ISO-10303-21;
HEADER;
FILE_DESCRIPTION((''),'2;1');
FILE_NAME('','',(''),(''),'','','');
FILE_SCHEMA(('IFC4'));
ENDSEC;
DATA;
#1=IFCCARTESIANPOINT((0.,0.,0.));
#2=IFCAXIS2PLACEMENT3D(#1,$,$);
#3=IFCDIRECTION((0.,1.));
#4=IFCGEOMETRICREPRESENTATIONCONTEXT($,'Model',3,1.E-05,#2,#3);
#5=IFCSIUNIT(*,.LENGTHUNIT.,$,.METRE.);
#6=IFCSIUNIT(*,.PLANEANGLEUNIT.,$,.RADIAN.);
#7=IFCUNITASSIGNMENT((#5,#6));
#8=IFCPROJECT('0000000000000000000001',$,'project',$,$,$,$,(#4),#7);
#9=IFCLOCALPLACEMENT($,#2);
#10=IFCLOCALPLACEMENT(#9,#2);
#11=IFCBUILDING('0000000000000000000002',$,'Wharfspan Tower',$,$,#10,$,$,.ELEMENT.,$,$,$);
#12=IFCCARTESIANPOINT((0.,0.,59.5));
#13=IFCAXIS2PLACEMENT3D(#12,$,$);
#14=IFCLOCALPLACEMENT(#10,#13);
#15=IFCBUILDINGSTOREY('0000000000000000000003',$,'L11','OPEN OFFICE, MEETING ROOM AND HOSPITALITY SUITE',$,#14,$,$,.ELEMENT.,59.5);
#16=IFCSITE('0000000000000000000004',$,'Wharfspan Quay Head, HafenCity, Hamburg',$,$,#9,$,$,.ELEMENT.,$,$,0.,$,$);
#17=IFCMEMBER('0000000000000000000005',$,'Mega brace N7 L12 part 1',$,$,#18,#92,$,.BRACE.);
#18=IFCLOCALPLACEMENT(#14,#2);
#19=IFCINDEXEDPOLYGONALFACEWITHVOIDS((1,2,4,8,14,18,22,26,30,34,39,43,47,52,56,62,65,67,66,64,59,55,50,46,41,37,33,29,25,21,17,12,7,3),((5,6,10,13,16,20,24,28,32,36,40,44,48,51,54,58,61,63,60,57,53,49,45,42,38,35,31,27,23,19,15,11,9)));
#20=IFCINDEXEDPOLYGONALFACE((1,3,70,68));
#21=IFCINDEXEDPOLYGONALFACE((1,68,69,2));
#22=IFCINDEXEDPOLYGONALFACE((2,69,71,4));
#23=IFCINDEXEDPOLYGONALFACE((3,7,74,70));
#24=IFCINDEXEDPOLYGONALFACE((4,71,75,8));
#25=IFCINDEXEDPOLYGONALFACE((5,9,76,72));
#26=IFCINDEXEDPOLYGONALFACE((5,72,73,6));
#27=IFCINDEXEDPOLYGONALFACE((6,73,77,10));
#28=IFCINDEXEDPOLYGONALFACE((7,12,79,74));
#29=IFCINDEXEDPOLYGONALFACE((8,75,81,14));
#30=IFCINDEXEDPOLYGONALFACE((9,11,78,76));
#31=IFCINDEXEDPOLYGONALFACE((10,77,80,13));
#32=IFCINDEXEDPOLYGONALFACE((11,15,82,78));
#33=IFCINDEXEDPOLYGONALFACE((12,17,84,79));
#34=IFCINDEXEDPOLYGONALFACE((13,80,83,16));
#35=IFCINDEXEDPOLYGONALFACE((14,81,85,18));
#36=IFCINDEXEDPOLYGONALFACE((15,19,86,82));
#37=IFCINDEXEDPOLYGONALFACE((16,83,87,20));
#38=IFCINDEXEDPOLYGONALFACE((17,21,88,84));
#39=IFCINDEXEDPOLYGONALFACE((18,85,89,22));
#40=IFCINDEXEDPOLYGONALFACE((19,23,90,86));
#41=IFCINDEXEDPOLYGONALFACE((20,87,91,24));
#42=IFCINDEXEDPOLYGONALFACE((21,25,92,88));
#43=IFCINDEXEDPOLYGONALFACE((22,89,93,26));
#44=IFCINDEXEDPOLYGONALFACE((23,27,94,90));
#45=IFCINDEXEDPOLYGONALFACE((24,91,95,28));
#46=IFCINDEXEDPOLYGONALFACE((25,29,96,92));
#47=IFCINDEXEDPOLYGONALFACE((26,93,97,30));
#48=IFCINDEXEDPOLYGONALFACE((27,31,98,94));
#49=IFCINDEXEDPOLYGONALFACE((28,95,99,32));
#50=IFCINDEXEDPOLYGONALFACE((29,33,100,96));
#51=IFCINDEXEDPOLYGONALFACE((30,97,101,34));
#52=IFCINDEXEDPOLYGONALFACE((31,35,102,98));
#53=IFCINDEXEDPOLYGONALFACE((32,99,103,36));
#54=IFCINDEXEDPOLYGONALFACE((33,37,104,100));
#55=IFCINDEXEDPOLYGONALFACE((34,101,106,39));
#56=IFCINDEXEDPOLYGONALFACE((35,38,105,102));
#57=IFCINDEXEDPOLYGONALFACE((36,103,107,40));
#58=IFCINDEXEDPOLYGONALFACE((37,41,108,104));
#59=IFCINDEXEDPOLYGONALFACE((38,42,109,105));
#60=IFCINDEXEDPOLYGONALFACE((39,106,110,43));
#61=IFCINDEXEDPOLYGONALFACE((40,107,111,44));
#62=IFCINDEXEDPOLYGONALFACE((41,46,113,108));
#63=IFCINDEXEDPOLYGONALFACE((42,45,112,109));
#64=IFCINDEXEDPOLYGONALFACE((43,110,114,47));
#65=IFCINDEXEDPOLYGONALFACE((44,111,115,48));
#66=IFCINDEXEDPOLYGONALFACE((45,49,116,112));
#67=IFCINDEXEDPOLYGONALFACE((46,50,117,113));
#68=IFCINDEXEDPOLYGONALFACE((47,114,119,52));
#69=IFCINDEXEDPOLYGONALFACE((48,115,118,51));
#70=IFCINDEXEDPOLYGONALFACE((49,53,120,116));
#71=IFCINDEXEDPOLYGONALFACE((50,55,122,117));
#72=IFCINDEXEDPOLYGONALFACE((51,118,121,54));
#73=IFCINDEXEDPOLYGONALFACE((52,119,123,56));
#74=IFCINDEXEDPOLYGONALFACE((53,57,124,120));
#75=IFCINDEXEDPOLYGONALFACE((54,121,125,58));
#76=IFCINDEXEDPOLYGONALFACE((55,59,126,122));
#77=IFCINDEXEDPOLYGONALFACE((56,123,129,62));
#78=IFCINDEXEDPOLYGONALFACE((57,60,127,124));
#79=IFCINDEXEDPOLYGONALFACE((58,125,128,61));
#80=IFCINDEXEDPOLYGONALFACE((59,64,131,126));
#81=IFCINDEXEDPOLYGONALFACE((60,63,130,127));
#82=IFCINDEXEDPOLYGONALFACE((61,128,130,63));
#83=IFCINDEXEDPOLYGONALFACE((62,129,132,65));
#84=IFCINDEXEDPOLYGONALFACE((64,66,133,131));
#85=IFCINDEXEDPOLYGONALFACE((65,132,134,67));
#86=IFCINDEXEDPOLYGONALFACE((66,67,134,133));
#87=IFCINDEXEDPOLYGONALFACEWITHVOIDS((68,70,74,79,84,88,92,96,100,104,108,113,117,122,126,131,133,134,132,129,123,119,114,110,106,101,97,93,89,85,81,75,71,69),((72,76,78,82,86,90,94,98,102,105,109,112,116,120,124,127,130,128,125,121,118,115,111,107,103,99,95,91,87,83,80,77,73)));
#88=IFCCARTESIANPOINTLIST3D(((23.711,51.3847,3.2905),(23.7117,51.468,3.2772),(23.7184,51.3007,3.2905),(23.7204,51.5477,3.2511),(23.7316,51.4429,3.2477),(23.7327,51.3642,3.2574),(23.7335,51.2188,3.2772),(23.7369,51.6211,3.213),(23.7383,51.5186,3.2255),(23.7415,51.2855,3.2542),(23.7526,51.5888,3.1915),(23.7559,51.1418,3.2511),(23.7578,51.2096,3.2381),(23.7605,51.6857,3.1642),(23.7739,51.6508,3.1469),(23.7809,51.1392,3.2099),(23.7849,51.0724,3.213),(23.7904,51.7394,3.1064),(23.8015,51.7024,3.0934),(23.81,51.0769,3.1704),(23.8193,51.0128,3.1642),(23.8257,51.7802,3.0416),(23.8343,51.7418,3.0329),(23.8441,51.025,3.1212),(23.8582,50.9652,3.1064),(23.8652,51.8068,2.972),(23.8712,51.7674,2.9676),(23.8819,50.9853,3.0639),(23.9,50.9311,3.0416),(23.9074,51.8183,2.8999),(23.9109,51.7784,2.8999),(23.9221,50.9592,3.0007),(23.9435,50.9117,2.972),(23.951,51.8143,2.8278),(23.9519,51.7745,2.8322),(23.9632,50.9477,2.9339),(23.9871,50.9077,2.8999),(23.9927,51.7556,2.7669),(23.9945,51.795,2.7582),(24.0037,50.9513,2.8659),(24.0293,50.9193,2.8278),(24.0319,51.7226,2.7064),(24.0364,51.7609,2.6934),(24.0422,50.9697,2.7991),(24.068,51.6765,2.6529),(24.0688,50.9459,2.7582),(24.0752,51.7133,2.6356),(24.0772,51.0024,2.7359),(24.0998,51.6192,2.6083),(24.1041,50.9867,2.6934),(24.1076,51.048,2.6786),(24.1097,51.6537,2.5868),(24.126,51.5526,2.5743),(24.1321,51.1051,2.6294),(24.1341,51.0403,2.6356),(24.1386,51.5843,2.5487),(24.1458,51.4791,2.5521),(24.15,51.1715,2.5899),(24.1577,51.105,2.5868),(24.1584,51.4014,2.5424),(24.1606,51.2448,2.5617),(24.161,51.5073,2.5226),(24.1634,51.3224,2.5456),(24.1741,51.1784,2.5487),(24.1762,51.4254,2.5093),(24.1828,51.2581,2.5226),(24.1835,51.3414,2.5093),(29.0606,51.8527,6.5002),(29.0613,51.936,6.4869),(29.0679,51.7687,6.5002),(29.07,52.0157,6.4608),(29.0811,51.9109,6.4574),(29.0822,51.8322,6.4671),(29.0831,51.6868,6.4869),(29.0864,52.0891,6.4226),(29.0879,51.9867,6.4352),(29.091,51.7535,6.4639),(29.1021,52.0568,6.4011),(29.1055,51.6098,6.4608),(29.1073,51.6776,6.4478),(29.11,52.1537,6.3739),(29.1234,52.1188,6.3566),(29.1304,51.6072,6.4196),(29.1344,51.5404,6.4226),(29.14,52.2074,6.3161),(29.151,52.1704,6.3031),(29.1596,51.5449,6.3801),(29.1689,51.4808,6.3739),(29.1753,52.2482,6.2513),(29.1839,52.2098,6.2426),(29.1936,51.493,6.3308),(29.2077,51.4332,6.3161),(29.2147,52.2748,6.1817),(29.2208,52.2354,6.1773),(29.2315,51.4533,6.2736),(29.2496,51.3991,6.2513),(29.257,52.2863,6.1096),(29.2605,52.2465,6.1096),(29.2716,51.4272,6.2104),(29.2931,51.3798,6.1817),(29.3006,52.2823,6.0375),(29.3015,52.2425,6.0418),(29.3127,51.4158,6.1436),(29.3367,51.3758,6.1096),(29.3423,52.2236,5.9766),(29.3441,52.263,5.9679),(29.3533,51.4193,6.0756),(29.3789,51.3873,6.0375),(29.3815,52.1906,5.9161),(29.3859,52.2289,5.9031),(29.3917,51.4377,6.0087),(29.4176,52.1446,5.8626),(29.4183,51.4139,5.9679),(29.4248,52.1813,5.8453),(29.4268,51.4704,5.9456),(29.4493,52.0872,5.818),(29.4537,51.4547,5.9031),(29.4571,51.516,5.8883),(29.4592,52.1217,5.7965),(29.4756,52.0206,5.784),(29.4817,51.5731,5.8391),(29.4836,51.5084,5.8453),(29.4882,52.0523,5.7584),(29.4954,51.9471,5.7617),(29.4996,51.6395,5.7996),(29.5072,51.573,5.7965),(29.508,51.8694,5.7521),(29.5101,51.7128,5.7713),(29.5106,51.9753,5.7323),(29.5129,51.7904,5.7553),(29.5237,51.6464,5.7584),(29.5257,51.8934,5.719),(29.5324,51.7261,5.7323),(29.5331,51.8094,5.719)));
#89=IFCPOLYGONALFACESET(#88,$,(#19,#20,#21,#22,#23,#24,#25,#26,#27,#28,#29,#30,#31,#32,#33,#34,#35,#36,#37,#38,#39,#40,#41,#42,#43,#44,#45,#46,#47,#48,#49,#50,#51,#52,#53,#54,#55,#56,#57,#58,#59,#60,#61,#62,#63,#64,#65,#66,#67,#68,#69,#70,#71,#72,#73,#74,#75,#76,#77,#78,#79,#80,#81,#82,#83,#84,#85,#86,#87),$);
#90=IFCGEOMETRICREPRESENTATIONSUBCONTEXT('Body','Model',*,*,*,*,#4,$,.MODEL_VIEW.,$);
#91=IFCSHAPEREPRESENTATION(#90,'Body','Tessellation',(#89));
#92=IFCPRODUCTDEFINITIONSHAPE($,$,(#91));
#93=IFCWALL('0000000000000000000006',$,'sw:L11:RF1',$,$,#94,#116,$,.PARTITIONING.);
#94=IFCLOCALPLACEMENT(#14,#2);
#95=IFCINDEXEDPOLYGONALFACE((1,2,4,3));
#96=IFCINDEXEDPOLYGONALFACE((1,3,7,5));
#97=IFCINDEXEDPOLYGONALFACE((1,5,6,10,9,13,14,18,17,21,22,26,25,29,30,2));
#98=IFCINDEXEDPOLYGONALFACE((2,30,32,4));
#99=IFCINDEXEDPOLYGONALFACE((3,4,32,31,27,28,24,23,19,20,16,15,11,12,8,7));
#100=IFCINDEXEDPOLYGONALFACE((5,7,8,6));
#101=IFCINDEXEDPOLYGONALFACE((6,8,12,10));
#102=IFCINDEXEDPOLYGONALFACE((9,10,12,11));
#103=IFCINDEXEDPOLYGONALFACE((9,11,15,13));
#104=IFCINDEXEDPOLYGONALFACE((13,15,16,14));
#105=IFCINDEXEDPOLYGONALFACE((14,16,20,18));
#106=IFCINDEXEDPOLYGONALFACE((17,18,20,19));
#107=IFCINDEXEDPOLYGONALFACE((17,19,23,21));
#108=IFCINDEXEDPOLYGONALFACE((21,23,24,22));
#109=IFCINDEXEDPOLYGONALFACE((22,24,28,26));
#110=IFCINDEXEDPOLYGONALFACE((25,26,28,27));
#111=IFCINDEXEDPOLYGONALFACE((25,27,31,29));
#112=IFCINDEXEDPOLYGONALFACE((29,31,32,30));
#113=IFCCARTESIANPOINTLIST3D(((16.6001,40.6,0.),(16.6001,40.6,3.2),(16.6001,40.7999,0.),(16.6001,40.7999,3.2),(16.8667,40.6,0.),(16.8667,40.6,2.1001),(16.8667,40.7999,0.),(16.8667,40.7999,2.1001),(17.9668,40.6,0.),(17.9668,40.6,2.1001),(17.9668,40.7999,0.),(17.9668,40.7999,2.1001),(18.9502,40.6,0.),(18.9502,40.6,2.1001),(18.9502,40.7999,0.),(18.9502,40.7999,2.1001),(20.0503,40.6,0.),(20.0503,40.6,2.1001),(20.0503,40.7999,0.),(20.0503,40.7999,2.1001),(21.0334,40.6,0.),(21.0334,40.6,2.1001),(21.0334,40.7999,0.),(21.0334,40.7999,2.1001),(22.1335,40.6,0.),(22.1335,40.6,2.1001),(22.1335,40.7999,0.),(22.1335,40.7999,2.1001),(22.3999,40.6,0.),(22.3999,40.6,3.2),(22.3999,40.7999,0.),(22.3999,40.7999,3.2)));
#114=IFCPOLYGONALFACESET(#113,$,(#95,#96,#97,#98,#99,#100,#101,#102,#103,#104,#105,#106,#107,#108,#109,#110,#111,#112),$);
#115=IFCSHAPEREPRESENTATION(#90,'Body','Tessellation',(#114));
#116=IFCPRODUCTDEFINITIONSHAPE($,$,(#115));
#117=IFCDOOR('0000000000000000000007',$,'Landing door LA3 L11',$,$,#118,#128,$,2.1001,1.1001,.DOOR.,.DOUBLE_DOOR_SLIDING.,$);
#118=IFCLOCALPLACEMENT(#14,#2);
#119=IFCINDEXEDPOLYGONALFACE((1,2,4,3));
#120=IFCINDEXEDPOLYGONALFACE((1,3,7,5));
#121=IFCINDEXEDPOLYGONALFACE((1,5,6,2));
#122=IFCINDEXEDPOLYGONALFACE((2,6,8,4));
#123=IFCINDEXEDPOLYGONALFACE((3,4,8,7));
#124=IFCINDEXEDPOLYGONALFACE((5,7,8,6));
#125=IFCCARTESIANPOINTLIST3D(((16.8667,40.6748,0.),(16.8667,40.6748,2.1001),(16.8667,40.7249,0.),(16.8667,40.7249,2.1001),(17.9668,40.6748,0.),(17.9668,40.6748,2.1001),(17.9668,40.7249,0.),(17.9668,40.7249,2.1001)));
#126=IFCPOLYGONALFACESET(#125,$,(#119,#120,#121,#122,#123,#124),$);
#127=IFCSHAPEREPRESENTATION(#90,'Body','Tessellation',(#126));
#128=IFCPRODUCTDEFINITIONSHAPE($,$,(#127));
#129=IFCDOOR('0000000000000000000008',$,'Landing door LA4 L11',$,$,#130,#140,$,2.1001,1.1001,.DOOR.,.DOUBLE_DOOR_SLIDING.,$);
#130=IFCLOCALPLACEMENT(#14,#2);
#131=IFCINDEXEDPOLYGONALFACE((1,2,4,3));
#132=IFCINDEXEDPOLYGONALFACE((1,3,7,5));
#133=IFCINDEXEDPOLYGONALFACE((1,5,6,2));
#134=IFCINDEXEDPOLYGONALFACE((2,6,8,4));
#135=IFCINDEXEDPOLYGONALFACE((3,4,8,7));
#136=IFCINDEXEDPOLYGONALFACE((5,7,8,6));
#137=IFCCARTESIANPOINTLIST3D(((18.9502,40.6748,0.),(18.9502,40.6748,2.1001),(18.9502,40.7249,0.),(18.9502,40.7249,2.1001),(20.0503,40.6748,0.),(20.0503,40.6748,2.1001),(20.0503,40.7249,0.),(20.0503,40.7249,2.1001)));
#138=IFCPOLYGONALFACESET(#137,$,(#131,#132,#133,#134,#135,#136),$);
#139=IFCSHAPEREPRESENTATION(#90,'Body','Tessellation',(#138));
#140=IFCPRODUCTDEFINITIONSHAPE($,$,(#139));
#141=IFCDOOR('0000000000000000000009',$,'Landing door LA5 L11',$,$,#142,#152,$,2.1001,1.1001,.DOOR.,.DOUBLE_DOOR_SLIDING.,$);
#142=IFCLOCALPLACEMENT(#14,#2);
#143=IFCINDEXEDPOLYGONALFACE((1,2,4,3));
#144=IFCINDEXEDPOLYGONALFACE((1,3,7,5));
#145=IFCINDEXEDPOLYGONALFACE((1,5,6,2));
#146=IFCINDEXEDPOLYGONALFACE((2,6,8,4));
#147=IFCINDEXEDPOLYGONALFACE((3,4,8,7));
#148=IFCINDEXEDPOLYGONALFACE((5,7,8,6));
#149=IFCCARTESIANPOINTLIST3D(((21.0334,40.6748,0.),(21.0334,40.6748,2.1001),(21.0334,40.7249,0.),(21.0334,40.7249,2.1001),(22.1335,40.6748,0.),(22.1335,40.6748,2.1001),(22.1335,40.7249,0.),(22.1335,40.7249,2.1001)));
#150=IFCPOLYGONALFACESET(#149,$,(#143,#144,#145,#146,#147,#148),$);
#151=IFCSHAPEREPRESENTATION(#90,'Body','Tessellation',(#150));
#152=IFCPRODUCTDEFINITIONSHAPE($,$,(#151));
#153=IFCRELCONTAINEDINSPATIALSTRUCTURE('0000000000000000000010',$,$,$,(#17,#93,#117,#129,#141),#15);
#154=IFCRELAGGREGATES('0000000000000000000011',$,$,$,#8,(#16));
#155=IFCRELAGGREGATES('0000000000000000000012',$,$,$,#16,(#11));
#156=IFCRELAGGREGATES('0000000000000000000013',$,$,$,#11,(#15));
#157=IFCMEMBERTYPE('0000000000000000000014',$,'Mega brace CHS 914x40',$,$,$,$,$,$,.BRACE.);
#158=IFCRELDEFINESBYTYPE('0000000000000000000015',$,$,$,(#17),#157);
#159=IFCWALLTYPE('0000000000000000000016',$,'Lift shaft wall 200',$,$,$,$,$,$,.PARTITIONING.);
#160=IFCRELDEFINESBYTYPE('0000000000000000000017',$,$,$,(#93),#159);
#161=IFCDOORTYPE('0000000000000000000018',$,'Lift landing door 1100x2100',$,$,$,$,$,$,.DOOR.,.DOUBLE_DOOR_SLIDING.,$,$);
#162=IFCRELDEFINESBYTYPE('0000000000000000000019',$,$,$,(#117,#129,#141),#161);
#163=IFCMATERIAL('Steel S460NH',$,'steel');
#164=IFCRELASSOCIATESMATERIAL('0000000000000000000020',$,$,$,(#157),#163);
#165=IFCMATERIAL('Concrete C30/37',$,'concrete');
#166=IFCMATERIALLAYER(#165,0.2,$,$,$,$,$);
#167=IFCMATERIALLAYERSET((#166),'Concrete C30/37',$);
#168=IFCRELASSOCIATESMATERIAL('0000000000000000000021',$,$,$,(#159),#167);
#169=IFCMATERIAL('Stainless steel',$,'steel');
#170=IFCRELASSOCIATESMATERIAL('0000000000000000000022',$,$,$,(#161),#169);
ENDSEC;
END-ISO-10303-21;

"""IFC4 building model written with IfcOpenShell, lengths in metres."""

from ifc_helpers import new_model, si_unit, direction, frame, frame_2d, origin, origin_2d, place, context, subcontext, project, spatial, rectangle, hollow_circle, extrude, material, layer, layer_set, material_profile, profile_set, type_object, element, fill, save


model = new_model("IFC4")

# Units and contexts
model_context = context("Model", 3, precision=1e-05, world=origin(), true_north=direction((0.0, 1.0)))
body_context = subcontext(model_context, "Body", "Model", "MODEL_VIEW")
ifc_project = project(units=[si_unit("LENGTHUNIT", "METRE"), si_unit("PLANEANGLEUNIT", "RADIAN")], contexts=[model_context])

# Site, building, storey
site_placement = place(None, origin())
site = spatial("IfcSite", under=ifc_project, at=site_placement, Name="Wharfspan Quay Head, HafenCity, Hamburg", CompositionType="ELEMENT", RefElevation=0.0)
building_placement = place(site_placement, origin())
building = spatial("IfcBuilding", under=site, at=building_placement, Name="Wharfspan Tower", CompositionType="ELEMENT")
storey_placement = place(building_placement, frame((0.0, 0.0, 59.5)))
storey = spatial("IfcBuildingStorey", under=building, at=storey_placement, Name="L11", Description="OPEN OFFICE, MEETING ROOM AND HOSPITALITY SUITE", CompositionType="ELEMENT", Elevation=59.5)

# Member
ifc_material_1 = material(Name="Steel S460NH", Category="steel")
ifc_material_profile_1 = material_profile(ifc_material_1, hollow_circle(Radius=0.457, WallThickness=0.04, at=origin_2d()))
ifc_profile_set_1 = profile_set([ifc_material_profile_1], Name="Steel S460NH")
member_type = type_object("IfcMemberType", Name="Mega brace CHS 914x40", PredefinedType="BRACE", material=ifc_profile_set_1)
member_placement = place(storey_placement, frame((23.9473, 51.363, 2.8999), z_axis=(0.855094, 0.074809, 0.513048), x_axis=(-0.087154, 0.996195, 0.000001)))
element("IfcMember", 1, at=member_placement, inside=storey, type_object=member_type, Name="Mega brace N7 L12 part 1", PredefinedType="BRACE", context=body_context, shape_type="SweptSolid", body=[
    extrude(hollow_circle(Radius=0.457, WallThickness=0.04, at=origin_2d()), origin(), (0.0, 0.0, 1.0), 6.2561),
])

# Wall, openings, doors
ifc_material_2 = material(Name="Concrete C30/37", Category="concrete")
ifc_layer_1 = layer(ifc_material_2, 0.2)
ifc_layer_set_1 = layer_set([ifc_layer_1], Name="Concrete C30/37")
wall_type_1 = type_object("IfcWallType", Name="Lift shaft wall 200", PredefinedType="PARTITIONING", material=ifc_layer_set_1)
wall_1_placement = place(storey_placement, frame((16.6001, 40.7, 0.0), z_axis=(0.0, 0.0, 1.0), x_axis=(1.0, 0.0, 0.0)))
wall_1 = element("IfcWall", 2, at=wall_1_placement, inside=storey, type_object=wall_type_1, Name="sw:L11:RF1", PredefinedType="PARTITIONING", context=body_context, shape_type="SweptSolid", body=[
    extrude(rectangle(XDim=5.7998, YDim=0.2, at=frame_2d((2.8999, 0.0))), origin(), (0.0, 0.0, 1.0), 3.2),
])
opening_1_placement = place(wall_1_placement, frame((0.2666, 0.0, 0.0)))
opening_1 = element("IfcOpeningElement", 3, at=opening_1_placement, cuts=wall_1, PredefinedType="OPENING", context=body_context, shape_type="SweptSolid", body=[
    extrude(rectangle(XDim=1.1001, YDim=2.1001, at=frame_2d((0.55, 1.05))), frame((0.0, 0.1099, 0.0), z_axis=(0.0, -1.0, 0.0), x_axis=(1.0, 0.0, 0.0)), (0.0, 0.0, 1.0), 0.22),
])
opening_2_placement = place(wall_1_placement, frame((2.3501, 0.0, 0.0)))
opening_2 = element("IfcOpeningElement", 4, at=opening_2_placement, cuts=wall_1, PredefinedType="OPENING", context=body_context, shape_type="SweptSolid", body=[
    extrude(rectangle(XDim=1.1001, YDim=2.1001, at=frame_2d((0.55, 1.05))), frame((0.0, 0.1099, 0.0), z_axis=(0.0, -1.0, 0.0), x_axis=(1.0, 0.0, 0.0)), (0.0, 0.0, 1.0), 0.22),
])
opening_3_placement = place(wall_1_placement, frame((4.4333, 0.0, 0.0)))
opening_3 = element("IfcOpeningElement", 5, at=opening_3_placement, cuts=wall_1, PredefinedType="OPENING", context=body_context, shape_type="SweptSolid", body=[
    extrude(rectangle(XDim=1.1001, YDim=2.1001, at=frame_2d((0.55, 1.05))), frame((0.0, 0.1099, 0.0), z_axis=(0.0, -1.0, 0.0), x_axis=(1.0, 0.0, 0.0)), (0.0, 0.0, 1.0), 0.22),
])
ifc_material_3 = material(Name="Stainless steel", Category="steel")
door_type_1 = type_object("IfcDoorType", Name="Lift landing door 1100x2100", OperationType="DOUBLE_DOOR_SLIDING", PredefinedType="DOOR", material=ifc_material_3)
door_1_placement = place(opening_1_placement, origin())
door_1 = element("IfcDoor", 6, at=door_1_placement, inside=storey, type_object=door_type_1, Name="Landing door LA3 L11", OperationType="DOUBLE_DOOR_SLIDING", OverallHeight=2.1001, OverallWidth=1.1001, PredefinedType="DOOR", context=body_context, shape_type="SweptSolid", body=[
    extrude(rectangle(XDim=1.1001, YDim=2.1001, at=frame_2d((0.55, 1.05))), frame((0.0, 0.0249, 0.0), z_axis=(0.0, -1.0, 0.0), x_axis=(1.0, 0.0, 0.0)), (0.0, 0.0, 1.0), 0.05),
])
fill(opening_1, door_1)
door_2_placement = place(opening_2_placement, origin())
door_2 = element("IfcDoor", 7, at=door_2_placement, inside=storey, type_object=door_type_1, Name="Landing door LA4 L11", OperationType="DOUBLE_DOOR_SLIDING", OverallHeight=2.1001, OverallWidth=1.1001, PredefinedType="DOOR", context=body_context, shape_type="SweptSolid", body=[
    extrude(rectangle(XDim=1.1001, YDim=2.1001, at=frame_2d((0.55, 1.05))), frame((0.0, 0.0249, 0.0), z_axis=(0.0, -1.0, 0.0), x_axis=(1.0, 0.0, 0.0)), (0.0, 0.0, 1.0), 0.05),
])
fill(opening_2, door_2)
door_3_placement = place(opening_3_placement, origin())
door_3 = element("IfcDoor", 8, at=door_3_placement, inside=storey, type_object=door_type_1, Name="Landing door LA5 L11", OperationType="DOUBLE_DOOR_SLIDING", OverallHeight=2.1001, OverallWidth=1.1001, PredefinedType="DOOR", context=body_context, shape_type="SweptSolid", body=[
    extrude(rectangle(XDim=1.1001, YDim=2.1001, at=frame_2d((0.55, 1.05))), frame((0.0, 0.0249, 0.0), z_axis=(0.0, -1.0, 0.0), x_axis=(1.0, 0.0, 0.0)), (0.0, 0.0, 1.0), 0.05),
])
fill(opening_3, door_3)

save(model, "model.ifc")
